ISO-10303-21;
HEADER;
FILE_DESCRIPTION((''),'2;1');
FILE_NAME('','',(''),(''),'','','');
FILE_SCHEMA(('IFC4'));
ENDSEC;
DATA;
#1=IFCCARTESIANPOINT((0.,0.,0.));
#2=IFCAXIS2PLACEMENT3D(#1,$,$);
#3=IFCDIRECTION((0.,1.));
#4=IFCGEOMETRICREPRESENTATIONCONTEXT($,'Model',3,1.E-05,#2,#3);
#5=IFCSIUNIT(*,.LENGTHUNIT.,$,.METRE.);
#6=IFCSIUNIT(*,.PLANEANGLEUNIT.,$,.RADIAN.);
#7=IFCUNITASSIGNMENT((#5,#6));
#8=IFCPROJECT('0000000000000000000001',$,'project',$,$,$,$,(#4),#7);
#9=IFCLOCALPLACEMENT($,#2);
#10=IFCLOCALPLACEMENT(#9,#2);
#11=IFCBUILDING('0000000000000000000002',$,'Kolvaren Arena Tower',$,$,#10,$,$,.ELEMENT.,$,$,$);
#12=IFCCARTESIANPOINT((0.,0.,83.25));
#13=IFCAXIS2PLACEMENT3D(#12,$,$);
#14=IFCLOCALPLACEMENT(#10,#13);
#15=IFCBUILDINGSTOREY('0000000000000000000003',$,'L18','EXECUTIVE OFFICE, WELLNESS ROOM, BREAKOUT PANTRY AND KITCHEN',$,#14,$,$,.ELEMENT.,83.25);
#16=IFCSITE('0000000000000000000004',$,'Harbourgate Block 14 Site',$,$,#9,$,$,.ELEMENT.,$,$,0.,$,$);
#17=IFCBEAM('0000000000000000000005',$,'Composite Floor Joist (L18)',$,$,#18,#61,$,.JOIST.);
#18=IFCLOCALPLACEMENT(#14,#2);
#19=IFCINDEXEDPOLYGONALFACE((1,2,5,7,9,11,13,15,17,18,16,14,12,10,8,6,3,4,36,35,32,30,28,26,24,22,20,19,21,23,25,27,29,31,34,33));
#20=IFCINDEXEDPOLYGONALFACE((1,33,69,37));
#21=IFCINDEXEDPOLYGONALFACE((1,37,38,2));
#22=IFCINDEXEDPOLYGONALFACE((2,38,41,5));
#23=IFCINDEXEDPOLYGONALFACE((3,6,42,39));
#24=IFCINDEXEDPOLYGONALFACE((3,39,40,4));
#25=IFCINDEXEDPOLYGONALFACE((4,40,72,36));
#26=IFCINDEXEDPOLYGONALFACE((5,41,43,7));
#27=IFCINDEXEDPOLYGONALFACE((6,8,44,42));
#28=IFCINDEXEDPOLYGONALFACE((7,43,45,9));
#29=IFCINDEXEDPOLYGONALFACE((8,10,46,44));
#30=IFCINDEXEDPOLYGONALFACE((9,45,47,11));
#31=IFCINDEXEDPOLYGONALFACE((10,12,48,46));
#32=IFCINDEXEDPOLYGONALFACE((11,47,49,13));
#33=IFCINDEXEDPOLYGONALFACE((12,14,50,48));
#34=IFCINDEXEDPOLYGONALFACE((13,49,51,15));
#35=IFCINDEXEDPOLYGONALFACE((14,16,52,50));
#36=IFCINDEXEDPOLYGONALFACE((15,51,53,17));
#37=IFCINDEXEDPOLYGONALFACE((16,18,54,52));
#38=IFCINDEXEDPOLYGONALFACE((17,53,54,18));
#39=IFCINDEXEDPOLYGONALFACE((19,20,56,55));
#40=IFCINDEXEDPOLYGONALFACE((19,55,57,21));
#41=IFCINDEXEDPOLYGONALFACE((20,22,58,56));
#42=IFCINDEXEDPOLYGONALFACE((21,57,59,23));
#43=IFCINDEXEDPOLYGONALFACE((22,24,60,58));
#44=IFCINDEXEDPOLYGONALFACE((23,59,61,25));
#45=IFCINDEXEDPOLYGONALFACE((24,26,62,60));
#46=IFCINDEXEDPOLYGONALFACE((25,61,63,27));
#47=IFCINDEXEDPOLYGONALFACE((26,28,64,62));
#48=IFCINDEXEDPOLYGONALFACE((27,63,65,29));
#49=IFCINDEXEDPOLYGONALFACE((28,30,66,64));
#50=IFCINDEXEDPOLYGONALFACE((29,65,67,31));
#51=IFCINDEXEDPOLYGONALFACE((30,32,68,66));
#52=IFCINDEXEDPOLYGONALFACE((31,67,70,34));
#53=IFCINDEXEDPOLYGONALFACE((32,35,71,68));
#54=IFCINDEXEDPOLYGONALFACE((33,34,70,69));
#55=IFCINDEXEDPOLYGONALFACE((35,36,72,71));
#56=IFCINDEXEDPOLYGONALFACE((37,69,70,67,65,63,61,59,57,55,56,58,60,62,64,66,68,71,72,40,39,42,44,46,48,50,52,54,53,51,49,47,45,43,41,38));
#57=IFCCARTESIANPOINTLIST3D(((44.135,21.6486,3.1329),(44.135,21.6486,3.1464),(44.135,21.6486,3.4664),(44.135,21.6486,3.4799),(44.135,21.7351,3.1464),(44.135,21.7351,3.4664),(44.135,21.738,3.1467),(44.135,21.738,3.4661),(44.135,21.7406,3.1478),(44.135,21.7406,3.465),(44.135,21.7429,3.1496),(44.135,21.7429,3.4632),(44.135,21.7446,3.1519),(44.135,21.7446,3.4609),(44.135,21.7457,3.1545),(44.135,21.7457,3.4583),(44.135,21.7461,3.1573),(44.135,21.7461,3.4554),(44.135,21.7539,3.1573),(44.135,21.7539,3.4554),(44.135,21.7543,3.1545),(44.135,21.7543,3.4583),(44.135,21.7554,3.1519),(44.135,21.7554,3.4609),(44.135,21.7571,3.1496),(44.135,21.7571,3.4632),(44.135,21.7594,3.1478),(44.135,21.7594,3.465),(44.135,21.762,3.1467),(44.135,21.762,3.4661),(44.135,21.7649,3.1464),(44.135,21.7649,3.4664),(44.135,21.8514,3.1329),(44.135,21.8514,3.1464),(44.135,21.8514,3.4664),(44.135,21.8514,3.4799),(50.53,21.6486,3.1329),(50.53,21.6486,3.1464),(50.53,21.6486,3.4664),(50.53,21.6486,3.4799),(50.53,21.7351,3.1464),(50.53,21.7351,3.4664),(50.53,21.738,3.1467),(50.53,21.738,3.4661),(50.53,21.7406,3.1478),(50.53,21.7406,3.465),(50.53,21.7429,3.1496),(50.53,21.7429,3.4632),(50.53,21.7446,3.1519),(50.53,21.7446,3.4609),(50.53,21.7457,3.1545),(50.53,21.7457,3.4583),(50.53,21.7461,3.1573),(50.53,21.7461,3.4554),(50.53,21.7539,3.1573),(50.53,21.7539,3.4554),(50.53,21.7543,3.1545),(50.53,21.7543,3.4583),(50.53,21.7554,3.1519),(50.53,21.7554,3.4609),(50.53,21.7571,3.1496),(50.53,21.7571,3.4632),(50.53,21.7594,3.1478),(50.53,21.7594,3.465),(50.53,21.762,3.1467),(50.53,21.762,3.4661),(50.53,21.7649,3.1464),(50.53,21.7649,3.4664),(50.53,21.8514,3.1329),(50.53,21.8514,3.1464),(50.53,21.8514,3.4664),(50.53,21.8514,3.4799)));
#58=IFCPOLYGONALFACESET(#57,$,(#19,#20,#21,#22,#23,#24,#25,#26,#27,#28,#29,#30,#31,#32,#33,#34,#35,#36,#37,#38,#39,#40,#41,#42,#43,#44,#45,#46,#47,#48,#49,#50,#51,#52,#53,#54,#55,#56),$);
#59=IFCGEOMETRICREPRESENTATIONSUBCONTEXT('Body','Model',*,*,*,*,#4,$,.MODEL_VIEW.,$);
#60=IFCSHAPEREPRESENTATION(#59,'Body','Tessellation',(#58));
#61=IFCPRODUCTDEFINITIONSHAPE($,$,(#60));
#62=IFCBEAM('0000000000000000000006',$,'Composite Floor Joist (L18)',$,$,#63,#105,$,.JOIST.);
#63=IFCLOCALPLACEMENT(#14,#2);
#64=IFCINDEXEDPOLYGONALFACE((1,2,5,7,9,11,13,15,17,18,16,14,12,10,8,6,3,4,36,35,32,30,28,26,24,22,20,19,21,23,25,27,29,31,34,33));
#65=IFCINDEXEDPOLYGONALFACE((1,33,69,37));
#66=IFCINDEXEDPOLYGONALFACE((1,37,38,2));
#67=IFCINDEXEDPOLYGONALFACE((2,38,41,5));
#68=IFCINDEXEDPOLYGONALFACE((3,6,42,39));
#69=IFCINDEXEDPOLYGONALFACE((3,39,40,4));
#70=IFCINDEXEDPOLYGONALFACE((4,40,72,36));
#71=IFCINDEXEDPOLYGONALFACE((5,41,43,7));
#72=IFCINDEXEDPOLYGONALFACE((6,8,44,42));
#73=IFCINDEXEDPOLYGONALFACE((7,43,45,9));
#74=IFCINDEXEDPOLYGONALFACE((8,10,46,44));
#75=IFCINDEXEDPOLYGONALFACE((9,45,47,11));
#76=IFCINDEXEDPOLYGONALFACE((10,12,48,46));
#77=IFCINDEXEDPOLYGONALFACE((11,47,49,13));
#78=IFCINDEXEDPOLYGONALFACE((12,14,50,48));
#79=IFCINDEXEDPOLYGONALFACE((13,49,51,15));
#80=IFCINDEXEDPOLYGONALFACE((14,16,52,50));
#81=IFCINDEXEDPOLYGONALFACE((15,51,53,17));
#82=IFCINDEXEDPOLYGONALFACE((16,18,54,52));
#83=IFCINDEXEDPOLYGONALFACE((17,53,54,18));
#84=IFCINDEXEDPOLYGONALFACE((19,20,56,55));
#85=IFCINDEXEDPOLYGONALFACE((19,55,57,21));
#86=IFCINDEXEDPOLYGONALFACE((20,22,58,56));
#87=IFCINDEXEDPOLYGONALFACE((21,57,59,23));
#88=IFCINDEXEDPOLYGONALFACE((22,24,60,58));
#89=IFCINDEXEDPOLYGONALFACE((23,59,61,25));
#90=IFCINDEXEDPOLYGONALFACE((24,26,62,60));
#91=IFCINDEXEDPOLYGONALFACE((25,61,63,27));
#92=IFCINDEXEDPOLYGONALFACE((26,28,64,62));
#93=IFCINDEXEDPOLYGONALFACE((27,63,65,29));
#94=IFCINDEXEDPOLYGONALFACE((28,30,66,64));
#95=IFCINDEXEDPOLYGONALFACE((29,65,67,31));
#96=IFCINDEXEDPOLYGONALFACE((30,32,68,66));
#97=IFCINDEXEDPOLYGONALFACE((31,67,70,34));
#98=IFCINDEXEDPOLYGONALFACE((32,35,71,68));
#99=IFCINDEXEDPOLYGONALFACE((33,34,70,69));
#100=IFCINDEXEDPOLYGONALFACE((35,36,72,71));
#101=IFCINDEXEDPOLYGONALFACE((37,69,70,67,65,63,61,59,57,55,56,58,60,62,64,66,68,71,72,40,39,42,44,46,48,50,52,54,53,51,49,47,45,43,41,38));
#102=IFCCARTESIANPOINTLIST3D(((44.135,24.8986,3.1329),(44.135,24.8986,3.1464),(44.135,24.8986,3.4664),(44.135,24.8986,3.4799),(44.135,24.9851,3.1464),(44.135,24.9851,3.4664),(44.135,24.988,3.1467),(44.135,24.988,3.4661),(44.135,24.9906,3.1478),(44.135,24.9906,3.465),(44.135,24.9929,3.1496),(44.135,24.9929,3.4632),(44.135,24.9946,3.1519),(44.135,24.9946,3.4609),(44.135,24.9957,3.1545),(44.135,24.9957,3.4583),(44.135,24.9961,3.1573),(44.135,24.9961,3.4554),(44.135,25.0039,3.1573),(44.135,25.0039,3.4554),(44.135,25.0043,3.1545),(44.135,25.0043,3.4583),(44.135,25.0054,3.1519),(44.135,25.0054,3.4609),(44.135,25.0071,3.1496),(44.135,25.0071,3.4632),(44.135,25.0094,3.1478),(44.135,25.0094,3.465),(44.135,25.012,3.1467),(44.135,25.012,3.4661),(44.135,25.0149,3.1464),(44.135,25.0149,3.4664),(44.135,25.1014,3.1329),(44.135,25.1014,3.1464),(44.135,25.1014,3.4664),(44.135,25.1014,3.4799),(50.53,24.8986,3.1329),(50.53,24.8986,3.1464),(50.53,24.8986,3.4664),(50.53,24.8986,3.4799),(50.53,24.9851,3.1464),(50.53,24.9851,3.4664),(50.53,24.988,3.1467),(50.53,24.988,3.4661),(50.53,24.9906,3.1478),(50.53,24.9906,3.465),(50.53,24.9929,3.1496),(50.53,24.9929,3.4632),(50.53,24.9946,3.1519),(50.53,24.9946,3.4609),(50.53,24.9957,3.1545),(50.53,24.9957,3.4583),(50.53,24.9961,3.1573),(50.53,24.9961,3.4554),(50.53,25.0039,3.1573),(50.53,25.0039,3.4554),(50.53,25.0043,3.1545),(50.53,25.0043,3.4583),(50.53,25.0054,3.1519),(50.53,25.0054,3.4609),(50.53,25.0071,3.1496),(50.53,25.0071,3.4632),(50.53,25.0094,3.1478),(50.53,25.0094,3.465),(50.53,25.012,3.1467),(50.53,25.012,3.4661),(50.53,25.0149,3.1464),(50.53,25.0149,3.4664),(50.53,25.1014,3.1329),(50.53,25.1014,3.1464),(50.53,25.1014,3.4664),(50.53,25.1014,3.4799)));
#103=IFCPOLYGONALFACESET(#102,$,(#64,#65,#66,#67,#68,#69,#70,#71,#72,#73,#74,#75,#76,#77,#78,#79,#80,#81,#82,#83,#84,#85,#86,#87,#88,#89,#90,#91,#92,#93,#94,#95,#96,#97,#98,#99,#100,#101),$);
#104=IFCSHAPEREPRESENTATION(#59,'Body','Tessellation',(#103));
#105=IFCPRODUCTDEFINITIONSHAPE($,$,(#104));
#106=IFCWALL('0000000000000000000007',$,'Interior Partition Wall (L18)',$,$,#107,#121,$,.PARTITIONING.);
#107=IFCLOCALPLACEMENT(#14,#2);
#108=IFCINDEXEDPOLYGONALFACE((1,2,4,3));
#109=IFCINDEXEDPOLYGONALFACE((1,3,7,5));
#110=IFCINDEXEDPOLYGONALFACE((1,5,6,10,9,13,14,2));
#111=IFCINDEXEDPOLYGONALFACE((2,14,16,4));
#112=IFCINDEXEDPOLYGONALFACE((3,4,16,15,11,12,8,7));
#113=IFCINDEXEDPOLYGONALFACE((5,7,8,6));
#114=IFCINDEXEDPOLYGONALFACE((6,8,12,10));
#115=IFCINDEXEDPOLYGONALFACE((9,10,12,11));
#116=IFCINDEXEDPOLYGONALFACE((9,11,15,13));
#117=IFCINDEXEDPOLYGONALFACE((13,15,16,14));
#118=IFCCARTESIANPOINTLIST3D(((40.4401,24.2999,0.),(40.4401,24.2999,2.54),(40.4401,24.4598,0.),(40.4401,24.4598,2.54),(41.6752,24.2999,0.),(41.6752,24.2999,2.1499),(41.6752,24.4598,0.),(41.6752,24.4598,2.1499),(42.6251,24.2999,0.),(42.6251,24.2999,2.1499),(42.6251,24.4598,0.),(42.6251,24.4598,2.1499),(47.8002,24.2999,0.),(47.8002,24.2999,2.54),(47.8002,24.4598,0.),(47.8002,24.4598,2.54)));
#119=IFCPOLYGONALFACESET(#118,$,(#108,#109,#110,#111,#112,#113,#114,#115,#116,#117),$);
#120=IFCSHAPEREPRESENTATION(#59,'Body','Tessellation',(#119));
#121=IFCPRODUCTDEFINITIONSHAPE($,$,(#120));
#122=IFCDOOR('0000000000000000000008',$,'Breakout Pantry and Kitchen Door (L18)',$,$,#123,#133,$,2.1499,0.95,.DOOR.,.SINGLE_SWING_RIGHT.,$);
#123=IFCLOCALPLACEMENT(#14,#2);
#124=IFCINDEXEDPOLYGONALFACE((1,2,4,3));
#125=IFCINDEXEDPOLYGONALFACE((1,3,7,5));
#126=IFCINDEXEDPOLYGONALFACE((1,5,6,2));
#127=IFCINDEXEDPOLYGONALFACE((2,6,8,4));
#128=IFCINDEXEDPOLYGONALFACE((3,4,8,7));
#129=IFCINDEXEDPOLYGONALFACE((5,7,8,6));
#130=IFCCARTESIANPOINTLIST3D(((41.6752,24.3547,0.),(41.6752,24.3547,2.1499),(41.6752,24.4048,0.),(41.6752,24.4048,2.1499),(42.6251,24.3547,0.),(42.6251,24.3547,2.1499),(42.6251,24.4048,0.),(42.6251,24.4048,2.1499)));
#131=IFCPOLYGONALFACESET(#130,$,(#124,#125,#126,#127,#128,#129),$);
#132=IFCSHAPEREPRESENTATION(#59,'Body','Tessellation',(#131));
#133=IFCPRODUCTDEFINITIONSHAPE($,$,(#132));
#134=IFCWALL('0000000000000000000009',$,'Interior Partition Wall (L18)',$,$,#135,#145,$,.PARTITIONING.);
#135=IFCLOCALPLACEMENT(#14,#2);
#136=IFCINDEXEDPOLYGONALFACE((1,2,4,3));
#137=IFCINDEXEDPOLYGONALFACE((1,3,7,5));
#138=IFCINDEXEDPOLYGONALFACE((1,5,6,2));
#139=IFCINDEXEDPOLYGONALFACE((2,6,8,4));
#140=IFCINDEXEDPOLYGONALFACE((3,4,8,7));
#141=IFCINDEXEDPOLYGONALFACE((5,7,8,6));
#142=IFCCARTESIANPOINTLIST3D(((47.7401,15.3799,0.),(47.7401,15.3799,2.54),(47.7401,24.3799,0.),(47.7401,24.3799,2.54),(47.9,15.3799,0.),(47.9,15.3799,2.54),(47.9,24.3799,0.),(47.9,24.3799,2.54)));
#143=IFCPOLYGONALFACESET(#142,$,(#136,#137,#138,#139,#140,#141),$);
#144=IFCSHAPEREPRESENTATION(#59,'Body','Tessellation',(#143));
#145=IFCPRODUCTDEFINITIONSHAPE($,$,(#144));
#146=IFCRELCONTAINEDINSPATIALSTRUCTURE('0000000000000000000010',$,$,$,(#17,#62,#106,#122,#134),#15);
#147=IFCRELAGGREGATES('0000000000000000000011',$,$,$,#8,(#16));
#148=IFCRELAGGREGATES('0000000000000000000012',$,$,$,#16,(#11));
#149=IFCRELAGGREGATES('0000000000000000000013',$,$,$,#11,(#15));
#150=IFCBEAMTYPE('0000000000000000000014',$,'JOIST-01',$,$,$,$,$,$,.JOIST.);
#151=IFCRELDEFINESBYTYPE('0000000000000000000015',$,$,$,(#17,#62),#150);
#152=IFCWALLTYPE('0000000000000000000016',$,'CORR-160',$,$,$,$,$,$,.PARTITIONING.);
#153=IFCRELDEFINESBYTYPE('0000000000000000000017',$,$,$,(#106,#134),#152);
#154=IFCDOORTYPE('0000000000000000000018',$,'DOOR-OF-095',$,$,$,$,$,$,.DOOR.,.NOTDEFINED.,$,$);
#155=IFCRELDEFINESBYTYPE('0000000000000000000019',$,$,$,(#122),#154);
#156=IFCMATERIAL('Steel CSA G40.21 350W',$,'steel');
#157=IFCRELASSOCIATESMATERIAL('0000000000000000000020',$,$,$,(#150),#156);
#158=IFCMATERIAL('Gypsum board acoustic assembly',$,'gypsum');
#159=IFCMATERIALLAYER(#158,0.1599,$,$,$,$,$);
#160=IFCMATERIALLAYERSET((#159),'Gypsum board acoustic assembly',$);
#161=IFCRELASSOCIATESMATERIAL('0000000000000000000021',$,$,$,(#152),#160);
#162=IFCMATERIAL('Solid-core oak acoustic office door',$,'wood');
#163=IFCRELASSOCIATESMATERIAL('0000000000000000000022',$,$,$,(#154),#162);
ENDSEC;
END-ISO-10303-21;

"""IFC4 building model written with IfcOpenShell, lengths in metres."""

from ifc_helpers import new_model, si_unit, direction, frame, frame_2d, origin, origin_2d, place, context, subcontext, project, spatial, rectangle, i_section, extrude, material, layer, layer_set, material_profile, profile_set, type_object, element, fill, save


model = new_model("IFC4")

# Units and contexts
model_context = context("Model", 3, precision=1e-05, world=origin(), true_north=direction((0.0, 1.0)))
body_context = subcontext(model_context, "Body", "Model", "MODEL_VIEW")
ifc_project = project(units=[si_unit("LENGTHUNIT", "METRE"), si_unit("PLANEANGLEUNIT", "RADIAN")], contexts=[model_context])

# Site, building, storey
site_placement = place(None, origin())
site = spatial("IfcSite", under=ifc_project, at=site_placement, Name="Harbourgate Block 14 Site", CompositionType="ELEMENT", RefElevation=0.0)
building_placement = place(site_placement, origin())
building = spatial("IfcBuilding", under=site, at=building_placement, Name="Kolvaren Arena Tower", CompositionType="ELEMENT")
storey_placement = place(building_placement, frame((0.0, 0.0, 83.25)))
storey = spatial("IfcBuildingStorey", under=building, at=storey_placement, Name="L18", Description="EXECUTIVE OFFICE, WELLNESS ROOM, BREAKOUT PANTRY AND KITCHEN", CompositionType="ELEMENT", Elevation=83.25)

# Beams
ifc_material_1 = material(Name="Steel CSA G40.21 350W", Category="steel")
ifc_material_profile_1 = material_profile(ifc_material_1, i_section(OverallWidth=0.2029, OverallDepth=0.3469, WebThickness=0.0078, FlangeThickness=0.0134, FilletRadius=0.011, at=origin_2d()), Name="W360x64")
ifc_profile_set_1 = profile_set([ifc_material_profile_1], Name="Steel CSA G40.21 350W")
beam_type_1 = type_object("IfcBeamType", Name="JOIST-01", PredefinedType="JOIST", material=ifc_profile_set_1)
for number, where, z_axis, x_axis, name in (
    (1, (44.135, 21.75, 3.3064), (1.0, 0.0, 0.0), (0.0, 1.0, 0.0), "Composite Floor Joist (L18)"),
    (2, (44.135, 25.0, 3.3064), (1.0, 0.0, 0.0), (0.0, 1.0, 0.0), "Composite Floor Joist (L18)"),
):
    element("IfcBeam", number, at=place(storey_placement, frame(where, z_axis=z_axis, x_axis=x_axis)), inside=storey, type_object=beam_type_1, Name=name, PredefinedType="JOIST", context=body_context, shape_type="SweptSolid", body=[
        extrude(i_section(OverallWidth=0.2029, OverallDepth=0.3469, WebThickness=0.0078, FlangeThickness=0.0134, FilletRadius=0.011, at=origin_2d()), origin(), (0.0, 0.0, 1.0), 6.395),
    ])

# Wall, opening, door
ifc_material_2 = material(Name="Gypsum board acoustic assembly", Category="gypsum")
ifc_layer_1 = layer(ifc_material_2, 0.1599)
ifc_layer_set_1 = layer_set([ifc_layer_1], Name="Gypsum board acoustic assembly")
wall_type_1 = type_object("IfcWallType", Name="CORR-160", PredefinedType="PARTITIONING", material=ifc_layer_set_1)
wall_1_placement = place(storey_placement, frame((40.4399, 24.3799, 0.0), z_axis=(0.0, 0.0, 1.0), x_axis=(1.0, 0.0, 0.0)))
wall_1 = element("IfcWall", 3, at=wall_1_placement, inside=storey, type_object=wall_type_1, Name="Interior Partition Wall (L18)", PredefinedType="PARTITIONING", context=body_context, shape_type="SweptSolid", body=[
    extrude(rectangle(XDim=7.3601, YDim=0.1599, at=frame_2d((3.6802, 0.0))), origin(), (0.0, 0.0, 1.0), 2.54),
])
opening_1_placement = place(wall_1_placement, frame((1.2351, 0.0, 0.0)))
opening_1 = element("IfcOpeningElement", 4, at=opening_1_placement, cuts=wall_1, PredefinedType="OPENING", context=body_context, shape_type="SweptSolid", body=[
    extrude(rectangle(XDim=0.95, YDim=2.1499, at=frame_2d((0.4751, 1.075))), frame((0.0, 0.0898, 0.0), z_axis=(0.0, -1.0, 0.0), x_axis=(1.0, 0.0, 0.0)), (0.0, 0.0, 1.0), 0.1799),
])
ifc_material_3 = material(Name="Solid-core oak acoustic office door", Category="wood")
door_type_1 = type_object("IfcDoorType", Name="DOOR-OF-095", OperationType="NOTDEFINED", PredefinedType="DOOR", material=ifc_material_3)
door_1_placement = place(opening_1_placement, origin())
door_1 = element("IfcDoor", 5, at=door_1_placement, inside=storey, type_object=door_type_1, Name="Breakout Pantry and Kitchen Door (L18)", OperationType="SINGLE_SWING_RIGHT", OverallHeight=2.1499, OverallWidth=0.95, PredefinedType="DOOR", context=body_context, shape_type="SweptSolid", body=[
    extrude(rectangle(XDim=0.95, YDim=2.1499, at=frame_2d((0.4751, 1.075))), frame((0.0, 0.0249, 0.0), z_axis=(0.0, -1.0, 0.0), x_axis=(1.0, 0.0, 0.0)), (0.0, 0.0, 1.0), 0.05),
])
fill(opening_1, door_1)

# Wall
wall_2_placement = place(storey_placement, frame((47.8201, 15.3799, 0.0), z_axis=(0.0, 0.0, 1.0), x_axis=(0.0, 1.0, 0.0)))
element("IfcWall", 6, at=wall_2_placement, inside=storey, type_object=wall_type_1, Name="Interior Partition Wall (L18)", PredefinedType="PARTITIONING", context=body_context, shape_type="SweptSolid", body=[
    extrude(rectangle(XDim=9.0, YDim=0.1599, at=frame_2d((4.5, 0.0))), origin(), (0.0, 0.0, 1.0), 2.54),
])

save(model, "model.ifc")
